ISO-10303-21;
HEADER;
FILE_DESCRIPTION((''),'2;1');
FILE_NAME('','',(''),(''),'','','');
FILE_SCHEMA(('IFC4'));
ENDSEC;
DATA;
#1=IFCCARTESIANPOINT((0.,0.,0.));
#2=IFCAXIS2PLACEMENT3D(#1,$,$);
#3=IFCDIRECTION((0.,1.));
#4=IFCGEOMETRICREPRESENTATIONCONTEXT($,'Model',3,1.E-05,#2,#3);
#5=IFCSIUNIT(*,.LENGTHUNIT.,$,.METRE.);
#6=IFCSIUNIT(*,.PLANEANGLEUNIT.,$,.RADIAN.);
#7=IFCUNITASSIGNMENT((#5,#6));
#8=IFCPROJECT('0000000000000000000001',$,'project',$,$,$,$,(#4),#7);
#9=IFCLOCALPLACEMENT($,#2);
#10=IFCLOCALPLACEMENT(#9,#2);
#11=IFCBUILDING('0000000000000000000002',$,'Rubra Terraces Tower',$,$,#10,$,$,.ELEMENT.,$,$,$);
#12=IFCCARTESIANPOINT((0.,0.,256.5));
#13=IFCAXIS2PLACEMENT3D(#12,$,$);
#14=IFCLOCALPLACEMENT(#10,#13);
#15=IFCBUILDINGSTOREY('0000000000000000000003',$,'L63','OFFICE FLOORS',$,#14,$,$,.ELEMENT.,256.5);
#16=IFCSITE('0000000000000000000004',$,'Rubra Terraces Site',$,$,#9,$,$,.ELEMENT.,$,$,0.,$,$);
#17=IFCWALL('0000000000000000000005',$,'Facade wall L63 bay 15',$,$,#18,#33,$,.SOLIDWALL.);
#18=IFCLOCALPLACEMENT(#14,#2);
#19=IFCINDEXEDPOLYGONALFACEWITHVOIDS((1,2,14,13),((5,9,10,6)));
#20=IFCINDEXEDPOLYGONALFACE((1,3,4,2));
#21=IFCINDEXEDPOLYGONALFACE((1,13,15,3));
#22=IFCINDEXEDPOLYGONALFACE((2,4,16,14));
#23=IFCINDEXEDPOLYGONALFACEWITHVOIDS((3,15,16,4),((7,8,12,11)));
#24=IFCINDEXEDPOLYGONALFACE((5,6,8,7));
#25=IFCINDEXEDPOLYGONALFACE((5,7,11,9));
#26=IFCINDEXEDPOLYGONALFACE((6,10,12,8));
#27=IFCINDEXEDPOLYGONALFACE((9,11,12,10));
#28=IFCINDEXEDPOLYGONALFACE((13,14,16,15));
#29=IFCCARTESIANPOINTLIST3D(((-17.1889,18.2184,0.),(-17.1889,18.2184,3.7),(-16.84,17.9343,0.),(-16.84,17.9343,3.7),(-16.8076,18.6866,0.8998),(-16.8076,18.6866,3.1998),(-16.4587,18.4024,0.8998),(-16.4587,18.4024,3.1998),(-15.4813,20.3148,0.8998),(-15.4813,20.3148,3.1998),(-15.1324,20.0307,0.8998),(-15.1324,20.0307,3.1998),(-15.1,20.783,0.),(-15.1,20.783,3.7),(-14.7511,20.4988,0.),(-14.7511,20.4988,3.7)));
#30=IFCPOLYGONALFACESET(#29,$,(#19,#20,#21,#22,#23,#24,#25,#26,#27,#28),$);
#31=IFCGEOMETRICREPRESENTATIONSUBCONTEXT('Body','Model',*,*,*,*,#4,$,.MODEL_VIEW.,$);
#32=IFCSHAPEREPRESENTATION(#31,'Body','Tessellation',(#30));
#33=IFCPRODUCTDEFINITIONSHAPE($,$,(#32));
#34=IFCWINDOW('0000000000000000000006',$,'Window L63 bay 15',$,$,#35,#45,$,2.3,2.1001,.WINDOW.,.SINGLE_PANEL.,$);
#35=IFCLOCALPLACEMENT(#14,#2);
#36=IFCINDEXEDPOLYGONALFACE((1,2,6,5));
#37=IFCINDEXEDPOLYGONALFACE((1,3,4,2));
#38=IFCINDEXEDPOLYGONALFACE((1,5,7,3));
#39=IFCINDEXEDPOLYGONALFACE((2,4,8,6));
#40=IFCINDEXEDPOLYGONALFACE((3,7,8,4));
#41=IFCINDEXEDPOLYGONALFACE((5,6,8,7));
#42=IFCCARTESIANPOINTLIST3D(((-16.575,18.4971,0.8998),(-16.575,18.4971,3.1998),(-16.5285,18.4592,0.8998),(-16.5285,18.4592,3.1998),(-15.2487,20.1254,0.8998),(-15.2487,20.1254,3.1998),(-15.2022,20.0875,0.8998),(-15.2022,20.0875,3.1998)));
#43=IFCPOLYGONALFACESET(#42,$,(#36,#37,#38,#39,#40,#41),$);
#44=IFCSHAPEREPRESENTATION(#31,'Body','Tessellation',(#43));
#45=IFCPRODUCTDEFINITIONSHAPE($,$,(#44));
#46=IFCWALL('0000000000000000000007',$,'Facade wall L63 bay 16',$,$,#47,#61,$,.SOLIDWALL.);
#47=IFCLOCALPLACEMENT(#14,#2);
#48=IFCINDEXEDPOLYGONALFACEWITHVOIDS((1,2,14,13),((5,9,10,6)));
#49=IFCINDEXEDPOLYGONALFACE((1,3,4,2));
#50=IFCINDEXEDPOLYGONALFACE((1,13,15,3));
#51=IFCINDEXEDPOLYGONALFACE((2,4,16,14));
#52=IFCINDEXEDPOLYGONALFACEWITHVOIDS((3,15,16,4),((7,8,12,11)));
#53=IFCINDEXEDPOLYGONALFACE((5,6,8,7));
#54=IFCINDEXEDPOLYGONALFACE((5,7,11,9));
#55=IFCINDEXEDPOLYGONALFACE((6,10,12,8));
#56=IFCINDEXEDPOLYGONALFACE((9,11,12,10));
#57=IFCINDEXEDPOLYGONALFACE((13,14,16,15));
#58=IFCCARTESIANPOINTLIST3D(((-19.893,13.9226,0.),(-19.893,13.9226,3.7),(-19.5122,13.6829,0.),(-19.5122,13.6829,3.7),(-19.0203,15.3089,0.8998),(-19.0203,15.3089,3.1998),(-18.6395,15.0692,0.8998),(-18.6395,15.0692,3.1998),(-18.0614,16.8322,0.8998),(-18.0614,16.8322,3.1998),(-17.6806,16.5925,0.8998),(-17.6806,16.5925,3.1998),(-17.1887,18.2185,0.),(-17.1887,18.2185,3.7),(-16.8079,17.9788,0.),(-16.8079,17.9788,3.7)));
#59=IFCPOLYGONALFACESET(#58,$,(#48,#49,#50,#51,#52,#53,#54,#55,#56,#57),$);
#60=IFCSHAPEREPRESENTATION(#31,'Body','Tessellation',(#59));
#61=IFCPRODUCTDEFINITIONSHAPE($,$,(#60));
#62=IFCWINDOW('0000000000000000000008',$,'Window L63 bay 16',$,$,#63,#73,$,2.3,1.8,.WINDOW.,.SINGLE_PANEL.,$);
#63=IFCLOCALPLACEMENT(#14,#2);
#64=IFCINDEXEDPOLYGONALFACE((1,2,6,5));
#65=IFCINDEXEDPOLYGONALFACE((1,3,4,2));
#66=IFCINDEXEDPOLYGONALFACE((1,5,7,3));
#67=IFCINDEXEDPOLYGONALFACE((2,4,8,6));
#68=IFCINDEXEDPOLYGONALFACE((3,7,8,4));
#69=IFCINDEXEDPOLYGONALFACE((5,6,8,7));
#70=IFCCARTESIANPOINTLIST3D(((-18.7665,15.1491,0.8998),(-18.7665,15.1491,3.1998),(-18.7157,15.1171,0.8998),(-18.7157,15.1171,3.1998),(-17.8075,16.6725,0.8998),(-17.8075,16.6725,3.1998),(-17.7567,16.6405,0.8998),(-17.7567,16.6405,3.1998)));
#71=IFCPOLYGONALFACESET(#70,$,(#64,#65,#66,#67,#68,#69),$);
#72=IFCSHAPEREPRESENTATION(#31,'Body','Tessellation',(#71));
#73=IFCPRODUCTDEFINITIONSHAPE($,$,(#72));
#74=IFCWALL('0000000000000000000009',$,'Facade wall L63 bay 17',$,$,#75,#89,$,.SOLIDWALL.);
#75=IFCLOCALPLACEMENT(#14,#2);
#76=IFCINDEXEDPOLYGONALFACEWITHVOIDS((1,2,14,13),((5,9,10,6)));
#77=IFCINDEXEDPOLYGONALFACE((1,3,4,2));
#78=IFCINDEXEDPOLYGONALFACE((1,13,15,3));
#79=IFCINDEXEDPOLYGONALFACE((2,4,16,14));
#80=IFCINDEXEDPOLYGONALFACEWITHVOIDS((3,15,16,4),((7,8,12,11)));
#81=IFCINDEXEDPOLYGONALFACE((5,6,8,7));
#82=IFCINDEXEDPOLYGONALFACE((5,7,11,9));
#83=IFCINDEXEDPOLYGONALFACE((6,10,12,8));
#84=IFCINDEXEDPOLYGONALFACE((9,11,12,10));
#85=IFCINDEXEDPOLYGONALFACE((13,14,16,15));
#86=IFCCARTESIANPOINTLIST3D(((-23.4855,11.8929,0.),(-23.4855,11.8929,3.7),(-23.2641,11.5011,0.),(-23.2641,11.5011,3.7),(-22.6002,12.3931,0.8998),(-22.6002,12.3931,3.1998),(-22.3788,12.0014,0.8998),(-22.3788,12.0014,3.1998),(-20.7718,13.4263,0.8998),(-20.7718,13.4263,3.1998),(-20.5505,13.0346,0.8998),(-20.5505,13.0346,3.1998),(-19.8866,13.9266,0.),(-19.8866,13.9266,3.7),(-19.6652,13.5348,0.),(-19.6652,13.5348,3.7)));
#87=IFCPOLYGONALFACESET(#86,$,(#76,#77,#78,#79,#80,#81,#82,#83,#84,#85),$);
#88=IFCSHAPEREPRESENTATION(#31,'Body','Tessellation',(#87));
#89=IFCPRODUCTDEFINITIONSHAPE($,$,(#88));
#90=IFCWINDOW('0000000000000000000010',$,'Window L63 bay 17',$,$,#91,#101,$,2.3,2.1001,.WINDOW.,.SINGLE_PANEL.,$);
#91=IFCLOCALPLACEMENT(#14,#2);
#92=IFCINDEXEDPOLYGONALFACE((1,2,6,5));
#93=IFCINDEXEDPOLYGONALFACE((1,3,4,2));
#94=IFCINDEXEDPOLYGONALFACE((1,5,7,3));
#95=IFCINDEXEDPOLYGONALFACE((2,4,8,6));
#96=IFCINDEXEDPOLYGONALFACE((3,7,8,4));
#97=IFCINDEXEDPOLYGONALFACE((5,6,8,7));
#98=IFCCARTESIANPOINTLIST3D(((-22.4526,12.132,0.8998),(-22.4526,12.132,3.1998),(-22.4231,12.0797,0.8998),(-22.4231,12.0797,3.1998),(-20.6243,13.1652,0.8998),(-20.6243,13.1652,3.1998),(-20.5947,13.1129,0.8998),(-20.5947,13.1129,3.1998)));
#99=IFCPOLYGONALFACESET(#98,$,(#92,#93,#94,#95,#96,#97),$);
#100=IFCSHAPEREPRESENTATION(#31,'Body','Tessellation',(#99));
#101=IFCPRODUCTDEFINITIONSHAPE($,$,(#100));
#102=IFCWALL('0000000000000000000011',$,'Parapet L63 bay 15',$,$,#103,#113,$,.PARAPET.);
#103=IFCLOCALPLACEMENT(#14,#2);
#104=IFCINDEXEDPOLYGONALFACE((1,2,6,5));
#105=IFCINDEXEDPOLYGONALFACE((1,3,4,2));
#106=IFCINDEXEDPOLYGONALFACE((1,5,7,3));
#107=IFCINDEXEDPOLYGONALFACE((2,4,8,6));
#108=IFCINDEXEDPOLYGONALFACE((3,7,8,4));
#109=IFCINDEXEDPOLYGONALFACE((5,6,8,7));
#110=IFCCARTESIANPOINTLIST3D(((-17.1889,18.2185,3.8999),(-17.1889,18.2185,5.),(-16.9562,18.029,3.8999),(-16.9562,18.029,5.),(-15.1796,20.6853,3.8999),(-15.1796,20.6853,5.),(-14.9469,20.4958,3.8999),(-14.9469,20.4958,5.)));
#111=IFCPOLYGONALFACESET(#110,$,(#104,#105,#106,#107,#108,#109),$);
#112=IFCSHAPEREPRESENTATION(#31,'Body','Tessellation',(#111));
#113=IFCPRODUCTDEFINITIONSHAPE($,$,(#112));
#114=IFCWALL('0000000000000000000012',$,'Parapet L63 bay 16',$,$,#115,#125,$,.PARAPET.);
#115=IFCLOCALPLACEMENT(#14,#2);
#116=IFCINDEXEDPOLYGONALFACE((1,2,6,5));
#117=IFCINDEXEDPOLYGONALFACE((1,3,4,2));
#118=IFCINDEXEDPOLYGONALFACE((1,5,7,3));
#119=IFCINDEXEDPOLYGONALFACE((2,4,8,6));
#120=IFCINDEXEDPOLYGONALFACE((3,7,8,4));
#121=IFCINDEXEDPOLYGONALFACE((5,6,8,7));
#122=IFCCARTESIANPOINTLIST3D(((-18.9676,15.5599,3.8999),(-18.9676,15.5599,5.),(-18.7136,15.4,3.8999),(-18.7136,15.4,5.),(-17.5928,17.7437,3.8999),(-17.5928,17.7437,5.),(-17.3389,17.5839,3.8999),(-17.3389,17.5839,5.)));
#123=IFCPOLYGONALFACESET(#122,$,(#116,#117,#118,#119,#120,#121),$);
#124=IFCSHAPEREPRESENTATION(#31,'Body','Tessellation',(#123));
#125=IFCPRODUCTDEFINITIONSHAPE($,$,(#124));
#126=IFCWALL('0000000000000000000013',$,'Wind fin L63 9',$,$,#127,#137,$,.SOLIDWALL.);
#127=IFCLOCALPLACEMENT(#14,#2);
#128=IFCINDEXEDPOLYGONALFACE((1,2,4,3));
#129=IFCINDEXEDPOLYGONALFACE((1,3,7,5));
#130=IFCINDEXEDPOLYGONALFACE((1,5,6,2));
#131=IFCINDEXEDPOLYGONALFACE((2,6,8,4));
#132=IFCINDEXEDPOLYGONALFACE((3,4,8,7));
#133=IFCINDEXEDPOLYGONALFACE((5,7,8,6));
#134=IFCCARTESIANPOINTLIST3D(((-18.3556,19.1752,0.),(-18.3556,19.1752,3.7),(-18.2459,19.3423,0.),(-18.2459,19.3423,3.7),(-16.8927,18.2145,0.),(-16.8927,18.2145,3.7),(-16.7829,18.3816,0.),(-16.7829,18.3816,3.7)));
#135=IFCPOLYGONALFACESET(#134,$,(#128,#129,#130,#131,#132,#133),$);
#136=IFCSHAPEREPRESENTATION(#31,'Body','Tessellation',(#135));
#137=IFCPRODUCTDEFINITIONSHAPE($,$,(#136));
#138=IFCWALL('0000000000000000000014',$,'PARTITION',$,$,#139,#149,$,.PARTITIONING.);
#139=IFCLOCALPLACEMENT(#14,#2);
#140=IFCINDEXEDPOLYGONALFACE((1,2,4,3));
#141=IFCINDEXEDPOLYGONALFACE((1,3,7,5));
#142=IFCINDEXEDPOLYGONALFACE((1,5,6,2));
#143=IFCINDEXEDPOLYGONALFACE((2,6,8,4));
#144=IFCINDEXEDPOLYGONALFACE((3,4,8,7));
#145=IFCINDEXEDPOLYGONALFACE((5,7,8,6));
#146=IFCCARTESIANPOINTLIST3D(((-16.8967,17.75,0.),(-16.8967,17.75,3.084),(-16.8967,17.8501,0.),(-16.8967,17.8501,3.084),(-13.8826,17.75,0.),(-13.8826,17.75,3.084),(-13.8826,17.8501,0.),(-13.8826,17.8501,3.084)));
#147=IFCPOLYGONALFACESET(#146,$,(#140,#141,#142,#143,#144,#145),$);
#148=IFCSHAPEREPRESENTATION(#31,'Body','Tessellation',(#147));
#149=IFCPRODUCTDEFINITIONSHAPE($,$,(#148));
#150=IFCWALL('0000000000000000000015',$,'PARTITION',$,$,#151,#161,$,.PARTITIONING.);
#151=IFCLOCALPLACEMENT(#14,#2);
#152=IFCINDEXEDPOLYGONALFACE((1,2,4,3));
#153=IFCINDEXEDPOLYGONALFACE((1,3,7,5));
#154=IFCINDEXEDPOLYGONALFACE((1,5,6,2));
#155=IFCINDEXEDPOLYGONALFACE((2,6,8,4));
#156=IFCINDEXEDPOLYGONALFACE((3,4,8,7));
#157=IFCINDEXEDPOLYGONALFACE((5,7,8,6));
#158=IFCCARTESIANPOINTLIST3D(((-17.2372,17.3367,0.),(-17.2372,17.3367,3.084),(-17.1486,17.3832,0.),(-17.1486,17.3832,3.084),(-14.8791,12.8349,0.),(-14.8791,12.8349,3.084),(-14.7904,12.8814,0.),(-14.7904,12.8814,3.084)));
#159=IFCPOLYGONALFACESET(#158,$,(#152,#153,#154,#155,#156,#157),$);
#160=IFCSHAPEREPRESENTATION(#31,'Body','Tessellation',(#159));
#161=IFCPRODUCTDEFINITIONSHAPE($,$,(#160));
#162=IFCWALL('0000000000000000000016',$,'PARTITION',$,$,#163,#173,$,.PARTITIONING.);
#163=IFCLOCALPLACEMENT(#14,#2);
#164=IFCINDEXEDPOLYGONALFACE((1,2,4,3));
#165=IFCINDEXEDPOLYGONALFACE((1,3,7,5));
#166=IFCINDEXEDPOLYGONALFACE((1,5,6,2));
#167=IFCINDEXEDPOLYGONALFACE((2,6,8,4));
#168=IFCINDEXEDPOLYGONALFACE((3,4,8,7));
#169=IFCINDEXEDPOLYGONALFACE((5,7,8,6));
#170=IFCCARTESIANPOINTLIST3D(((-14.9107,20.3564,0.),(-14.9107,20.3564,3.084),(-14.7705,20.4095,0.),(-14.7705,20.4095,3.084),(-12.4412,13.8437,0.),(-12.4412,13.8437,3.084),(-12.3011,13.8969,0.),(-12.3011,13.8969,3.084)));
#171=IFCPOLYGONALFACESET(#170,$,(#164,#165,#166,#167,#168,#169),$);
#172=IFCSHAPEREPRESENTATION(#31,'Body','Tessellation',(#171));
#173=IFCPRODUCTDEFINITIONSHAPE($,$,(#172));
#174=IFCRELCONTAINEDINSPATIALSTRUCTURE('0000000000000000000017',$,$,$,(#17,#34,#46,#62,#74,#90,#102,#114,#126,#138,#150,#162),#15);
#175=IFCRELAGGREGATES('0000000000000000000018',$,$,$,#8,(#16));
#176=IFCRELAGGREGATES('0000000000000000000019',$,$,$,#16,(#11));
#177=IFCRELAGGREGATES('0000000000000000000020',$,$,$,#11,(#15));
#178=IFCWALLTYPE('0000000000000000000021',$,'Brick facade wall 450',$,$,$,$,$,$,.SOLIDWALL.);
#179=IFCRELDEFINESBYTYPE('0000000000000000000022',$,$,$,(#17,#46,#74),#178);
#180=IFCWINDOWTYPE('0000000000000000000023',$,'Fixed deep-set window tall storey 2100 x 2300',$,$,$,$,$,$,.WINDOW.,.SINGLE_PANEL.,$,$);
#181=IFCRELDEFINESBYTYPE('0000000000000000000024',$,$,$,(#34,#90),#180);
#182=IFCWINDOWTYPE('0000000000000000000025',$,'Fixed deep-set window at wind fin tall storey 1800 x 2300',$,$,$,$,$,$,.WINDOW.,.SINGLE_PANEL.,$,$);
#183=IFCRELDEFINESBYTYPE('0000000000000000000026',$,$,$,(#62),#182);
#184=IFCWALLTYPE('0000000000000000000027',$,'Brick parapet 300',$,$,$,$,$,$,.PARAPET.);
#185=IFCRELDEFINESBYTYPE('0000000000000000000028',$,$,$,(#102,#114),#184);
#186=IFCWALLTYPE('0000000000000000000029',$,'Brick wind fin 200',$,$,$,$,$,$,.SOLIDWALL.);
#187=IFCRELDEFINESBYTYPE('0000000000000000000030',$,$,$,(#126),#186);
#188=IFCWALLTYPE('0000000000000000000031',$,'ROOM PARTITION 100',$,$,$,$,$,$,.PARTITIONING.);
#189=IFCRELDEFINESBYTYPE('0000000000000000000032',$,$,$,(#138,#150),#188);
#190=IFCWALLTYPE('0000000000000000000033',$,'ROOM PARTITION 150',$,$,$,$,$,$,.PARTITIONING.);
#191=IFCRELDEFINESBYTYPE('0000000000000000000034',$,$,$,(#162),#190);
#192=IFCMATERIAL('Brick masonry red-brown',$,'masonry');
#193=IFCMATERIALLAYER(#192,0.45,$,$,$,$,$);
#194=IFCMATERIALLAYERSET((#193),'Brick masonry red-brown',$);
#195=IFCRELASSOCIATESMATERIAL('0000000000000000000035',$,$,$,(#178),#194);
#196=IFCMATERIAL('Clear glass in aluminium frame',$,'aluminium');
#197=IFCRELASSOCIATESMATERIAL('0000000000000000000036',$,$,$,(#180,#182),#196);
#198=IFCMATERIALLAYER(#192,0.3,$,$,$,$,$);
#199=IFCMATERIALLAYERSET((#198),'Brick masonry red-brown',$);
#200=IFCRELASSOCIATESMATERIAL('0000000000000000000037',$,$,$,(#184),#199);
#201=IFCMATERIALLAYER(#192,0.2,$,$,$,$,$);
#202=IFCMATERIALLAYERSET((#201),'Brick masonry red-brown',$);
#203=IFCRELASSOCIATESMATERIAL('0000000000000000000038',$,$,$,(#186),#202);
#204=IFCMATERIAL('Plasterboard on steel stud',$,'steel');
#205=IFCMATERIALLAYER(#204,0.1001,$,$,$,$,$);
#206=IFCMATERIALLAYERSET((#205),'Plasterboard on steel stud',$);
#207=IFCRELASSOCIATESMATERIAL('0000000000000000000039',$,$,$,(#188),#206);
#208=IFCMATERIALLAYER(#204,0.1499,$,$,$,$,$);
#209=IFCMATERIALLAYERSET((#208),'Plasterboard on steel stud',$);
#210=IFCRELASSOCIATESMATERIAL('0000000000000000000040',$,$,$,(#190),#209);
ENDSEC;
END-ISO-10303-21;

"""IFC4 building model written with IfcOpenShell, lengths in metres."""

from ifc_helpers import new_model, si_unit, direction, frame, frame_2d, origin, place, context, subcontext, project, spatial, rectangle, extrude, material, layer, layer_set, type_object, element, fill, save


model = new_model("IFC4")

# Units and contexts
model_context = context("Model", 3, precision=1e-05, world=origin(), true_north=direction((0.0, 1.0)))
body_context = subcontext(model_context, "Body", "Model", "MODEL_VIEW")
ifc_project = project(units=[si_unit("LENGTHUNIT", "METRE"), si_unit("PLANEANGLEUNIT", "RADIAN")], contexts=[model_context])

# Site, building, storey
site_placement = place(None, origin())
site = spatial("IfcSite", under=ifc_project, at=site_placement, Name="Rubra Terraces Site", CompositionType="ELEMENT", RefElevation=0.0)
building_placement = place(site_placement, origin())
building = spatial("IfcBuilding", under=site, at=building_placement, Name="Rubra Terraces Tower", CompositionType="ELEMENT")
storey_placement = place(building_placement, frame((0.0, 0.0, 256.5)))
storey = spatial("IfcBuildingStorey", under=building, at=storey_placement, Name="L63", Description="OFFICE FLOORS", CompositionType="ELEMENT", Elevation=256.5)

# Walls, openings, windows
ifc_material_1 = material(Name="Brick masonry red-brown", Category="masonry")
ifc_layer_1 = layer(ifc_material_1, 0.45)
ifc_layer_set_1 = layer_set([ifc_layer_1], Name="Brick masonry red-brown")
wall_type_1 = type_object("IfcWallType", Name="Brick facade wall 450", PredefinedType="SOLIDWALL", material=ifc_layer_set_1)
wall_1_placement = place(storey_placement, frame((-14.9255, 20.6409, 0.0), z_axis=(0.0, 0.0, 1.0), x_axis=(-0.631548, -0.775337, 0.0)))
wall_1 = element("IfcWall", 1, at=wall_1_placement, inside=storey, type_object=wall_type_1, Name="Facade wall L63 bay 15", PredefinedType="SOLIDWALL", context=body_context, shape_type="SweptSolid", body=[
    extrude(rectangle(XDim=3.3076, YDim=0.45, at=frame_2d((1.6538, 0.0))), origin(), (0.0, 0.0, 1.0), 3.7),
])
opening_1_placement = place(wall_1_placement, frame((0.6038, 0.0, 0.8999)))
opening_1 = element("IfcOpeningElement", 2, at=opening_1_placement, cuts=wall_1, PredefinedType="OPENING", context=body_context, shape_type="SweptSolid", body=[
    extrude(rectangle(XDim=2.1001, YDim=2.3, at=frame_2d((1.05, 1.1499))), frame((0.0, 0.2349, 0.0), z_axis=(0.0, -1.0, 0.0), x_axis=(1.0, 0.0, 0.0)), (0.0, 0.0, 1.0), 0.47),
])
ifc_material_2 = material(Name="Clear glass in aluminium frame", Category="aluminium")
window_type_1 = type_object("IfcWindowType", Name="Fixed deep-set window tall storey 2100 x 2300", PartitioningType="SINGLE_PANEL", PredefinedType="WINDOW", material=ifc_material_2)
window_1_placement = place(opening_1_placement, origin())
window_1 = element("IfcWindow", 3, at=window_1_placement, inside=storey, type_object=window_type_1, Name="Window L63 bay 15", OverallHeight=2.3, OverallWidth=2.1001, PartitioningType="SINGLE_PANEL", PredefinedType="WINDOW", context=body_context, shape_type="SweptSolid", body=[
    extrude(rectangle(XDim=2.1001, YDim=2.3, at=frame_2d((1.05, 1.1499))), frame((0.0, 0.135, 0.0), z_axis=(0.0, -1.0, 0.0), x_axis=(1.0, 0.0, 0.0)), (0.0, 0.0, 1.0), 0.0601),
])
fill(opening_1, window_1)
wall_2_placement = place(storey_placement, frame((-16.9983, 18.0986, 0.0), z_axis=(0.0, 0.0, 1.0), x_axis=(-0.532746, -0.846275, 0.0)))
wall_2 = element("IfcWall", 4, at=wall_2_placement, inside=storey, type_object=wall_type_1, Name="Facade wall L63 bay 16", PredefinedType="SOLIDWALL", context=body_context, shape_type="SweptSolid", body=[
    extrude(rectangle(XDim=5.0762, YDim=0.45, at=frame_2d((2.5381, 0.0))), origin(), (0.0, 0.0, 1.0), 3.7),
])
opening_2_placement = place(wall_2_placement, frame((1.6382, 0.0, 0.8999)))
opening_2 = element("IfcOpeningElement", 5, at=opening_2_placement, cuts=wall_2, PredefinedType="OPENING", context=body_context, shape_type="SweptSolid", body=[
    extrude(rectangle(XDim=1.8, YDim=2.3, at=frame_2d((0.8999, 1.1499))), frame((0.0, 0.2349, 0.0), z_axis=(0.0, -1.0, 0.0), x_axis=(1.0, 0.0, 0.0)), (0.0, 0.0, 1.0), 0.47),
])
window_type_2 = type_object("IfcWindowType", Name="Fixed deep-set window at wind fin tall storey 1800 x 2300", PartitioningType="SINGLE_PANEL", PredefinedType="WINDOW", material=ifc_material_2)
window_2_placement = place(opening_2_placement, origin())
window_2 = element("IfcWindow", 6, at=window_2_placement, inside=storey, type_object=window_type_2, Name="Window L63 bay 16", OverallHeight=2.3, OverallWidth=1.8, PartitioningType="SINGLE_PANEL", PredefinedType="WINDOW", context=body_context, shape_type="SweptSolid", body=[
    extrude(rectangle(XDim=1.8, YDim=2.3, at=frame_2d((0.8999, 1.1499))), frame((0.0, 0.135, 0.0), z_axis=(0.0, -1.0, 0.0), x_axis=(1.0, 0.0, 0.0)), (0.0, 0.0, 1.0), 0.0601),
])
fill(opening_2, window_2)
wall_3_placement = place(storey_placement, frame((-19.7759, 13.7307, 0.0), z_axis=(0.0, 0.0, 1.0), x_axis=(-0.87061, -0.491974, 0.0)))
wall_3 = element("IfcWall", 7, at=wall_3_placement, inside=storey, type_object=wall_type_1, Name="Facade wall L63 bay 17", PredefinedType="SOLIDWALL", context=body_context, shape_type="SweptSolid", body=[
    extrude(rectangle(XDim=4.1338, YDim=0.45, at=frame_2d((2.0669, 0.0))), origin(), (0.0, 0.0, 1.0), 3.7),
])
opening_3_placement = place(wall_3_placement, frame((1.0168, 0.0, 0.8999)))
opening_3 = element("IfcOpeningElement", 8, at=opening_3_placement, cuts=wall_3, PredefinedType="OPENING", context=body_context, shape_type="SweptSolid", body=[
    extrude(rectangle(XDim=2.1001, YDim=2.3, at=frame_2d((1.05, 1.1499))), frame((0.0, 0.2349, 0.0), z_axis=(0.0, -1.0, 0.0), x_axis=(1.0, 0.0, 0.0)), (0.0, 0.0, 1.0), 0.47),
])
window_3_placement = place(opening_3_placement, origin())
window_3 = element("IfcWindow", 9, at=window_3_placement, inside=storey, type_object=window_type_1, Name="Window L63 bay 17", OverallHeight=2.3, OverallWidth=2.1001, PartitioningType="SINGLE_PANEL", PredefinedType="WINDOW", context=body_context, shape_type="SweptSolid", body=[
    extrude(rectangle(XDim=2.1001, YDim=2.3, at=frame_2d((1.05, 1.1499))), frame((0.0, 0.135, 0.0), z_axis=(0.0, -1.0, 0.0), x_axis=(1.0, 0.0, 0.0)), (0.0, 0.0, 1.0), 0.0601),
])
fill(opening_3, window_3)

# Walls
ifc_layer_2 = layer(ifc_material_1, 0.3)
ifc_layer_set_2 = layer_set([ifc_layer_2], Name="Brick masonry red-brown")
wall_type_2 = type_object("IfcWallType", Name="Brick parapet 300", PredefinedType="PARAPET", material=ifc_layer_set_2)
wall_4_placement = place(storey_placement, frame((-15.0632, 20.5906, 3.8999), z_axis=(0.0, 0.0, 1.0), x_axis=(-0.63154, -0.775344, 0.0)))
element("IfcWall", 10, at=wall_4_placement, inside=storey, type_object=wall_type_2, Name="Parapet L63 bay 15", PredefinedType="PARAPET", context=body_context, shape_type="SweptSolid", body=[
    extrude(rectangle(XDim=3.1816, YDim=0.3, at=frame_2d((1.5908, 0.0))), origin(), (0.0, 0.0, 1.0), 1.1001),
])
wall_5_placement = place(storey_placement, frame((-17.4658, 17.6638, 3.8999), z_axis=(0.0, 0.0, 1.0), x_axis=(-0.532743, -0.846277, 0.0)))
element("IfcWall", 11, at=wall_5_placement, inside=storey, type_object=wall_type_2, Name="Parapet L63 bay 16", PredefinedType="PARAPET", context=body_context, shape_type="SweptSolid", body=[
    extrude(rectangle(XDim=2.5806, YDim=0.3, at=frame_2d((1.2903, 0.0))), origin(), (0.0, 0.0, 1.0), 1.1001),
])
ifc_layer_3 = layer(ifc_material_1, 0.2)
ifc_layer_set_3 = layer_set([ifc_layer_3], Name="Brick masonry red-brown")
wall_type_3 = type_object("IfcWallType", Name="Brick wind fin 200", PredefinedType="SOLIDWALL", material=ifc_layer_set_3)
wall_6_placement = place(storey_placement, frame((-16.8379, 18.2981, 0.0), z_axis=(0.0, 0.0, 1.0), x_axis=(-0.835872, 0.548925, 0.0)))
element("IfcWall", 12, at=wall_6_placement, inside=storey, type_object=wall_type_3, Name="Wind fin L63 9", PredefinedType="SOLIDWALL", context=body_context, shape_type="SweptSolid", body=[
    extrude(rectangle(XDim=1.7502, YDim=0.2, at=frame_2d((0.875, 0.0))), origin(), (0.0, 0.0, 1.0), 3.7),
])

# Walls
ifc_material_3 = material(Name="Plasterboard on steel stud", Category="steel")
ifc_layer_4 = layer(ifc_material_3, 0.1001)
ifc_layer_set_4 = layer_set([ifc_layer_4], Name="Plasterboard on steel stud")
wall_type_4 = type_object("IfcWallType", Name="ROOM PARTITION 100", PredefinedType="PARTITIONING", material=ifc_layer_set_4)
wall_7_placement = place(storey_placement, frame((-16.8967, 17.8, 0.0), z_axis=(0.0, 0.0, 1.0), x_axis=(1.0, 0.0, 0.0)))
element("IfcWall", 13, at=wall_7_placement, inside=storey, type_object=wall_type_4, Name="PARTITION", PredefinedType="PARTITIONING", context=body_context, shape_type="SweptSolid", body=[
    extrude(rectangle(XDim=3.0142, YDim=0.1001, at=frame_2d((1.5071, 0.0))), origin(), (0.0, 0.0, 1.0), 3.084),
])
wall_8_placement = place(storey_placement, frame((-14.8347, 12.8582, 0.0), z_axis=(0.0, 0.0, 1.0), x_axis=(-0.464025, 0.885822, 0.0)))
element("IfcWall", 14, at=wall_8_placement, inside=storey, type_object=wall_type_4, Name="PARTITION", PredefinedType="PARTITIONING", context=body_context, shape_type="SweptSolid", body=[
    extrude(rectangle(XDim=5.082, YDim=0.1001, at=frame_2d((2.541, 0.0))), origin(), (0.0, 0.0, 1.0), 3.084),
])
ifc_layer_5 = layer(ifc_material_3, 0.1499)
ifc_layer_set_5 = layer_set([ifc_layer_5], Name="Plasterboard on steel stud")
wall_type_5 = type_object("IfcWallType", Name="ROOM PARTITION 150", PredefinedType="PARTITIONING", material=ifc_layer_set_5)
wall_9_placement = place(storey_placement, frame((-14.8406, 20.3828, 0.0), z_axis=(0.0, 0.0, 1.0), x_axis=(0.354548, -0.935038, 0.0)))
element("IfcWall", 15, at=wall_9_placement, inside=storey, type_object=wall_type_5, Name="PARTITION", PredefinedType="PARTITIONING", context=body_context, shape_type="SweptSolid", body=[
    extrude(rectangle(XDim=6.9651, YDim=0.1499, at=frame_2d((3.4824, 0.0))), origin(), (0.0, 0.0, 1.0), 3.084),
])

save(model, "model.ifc")
